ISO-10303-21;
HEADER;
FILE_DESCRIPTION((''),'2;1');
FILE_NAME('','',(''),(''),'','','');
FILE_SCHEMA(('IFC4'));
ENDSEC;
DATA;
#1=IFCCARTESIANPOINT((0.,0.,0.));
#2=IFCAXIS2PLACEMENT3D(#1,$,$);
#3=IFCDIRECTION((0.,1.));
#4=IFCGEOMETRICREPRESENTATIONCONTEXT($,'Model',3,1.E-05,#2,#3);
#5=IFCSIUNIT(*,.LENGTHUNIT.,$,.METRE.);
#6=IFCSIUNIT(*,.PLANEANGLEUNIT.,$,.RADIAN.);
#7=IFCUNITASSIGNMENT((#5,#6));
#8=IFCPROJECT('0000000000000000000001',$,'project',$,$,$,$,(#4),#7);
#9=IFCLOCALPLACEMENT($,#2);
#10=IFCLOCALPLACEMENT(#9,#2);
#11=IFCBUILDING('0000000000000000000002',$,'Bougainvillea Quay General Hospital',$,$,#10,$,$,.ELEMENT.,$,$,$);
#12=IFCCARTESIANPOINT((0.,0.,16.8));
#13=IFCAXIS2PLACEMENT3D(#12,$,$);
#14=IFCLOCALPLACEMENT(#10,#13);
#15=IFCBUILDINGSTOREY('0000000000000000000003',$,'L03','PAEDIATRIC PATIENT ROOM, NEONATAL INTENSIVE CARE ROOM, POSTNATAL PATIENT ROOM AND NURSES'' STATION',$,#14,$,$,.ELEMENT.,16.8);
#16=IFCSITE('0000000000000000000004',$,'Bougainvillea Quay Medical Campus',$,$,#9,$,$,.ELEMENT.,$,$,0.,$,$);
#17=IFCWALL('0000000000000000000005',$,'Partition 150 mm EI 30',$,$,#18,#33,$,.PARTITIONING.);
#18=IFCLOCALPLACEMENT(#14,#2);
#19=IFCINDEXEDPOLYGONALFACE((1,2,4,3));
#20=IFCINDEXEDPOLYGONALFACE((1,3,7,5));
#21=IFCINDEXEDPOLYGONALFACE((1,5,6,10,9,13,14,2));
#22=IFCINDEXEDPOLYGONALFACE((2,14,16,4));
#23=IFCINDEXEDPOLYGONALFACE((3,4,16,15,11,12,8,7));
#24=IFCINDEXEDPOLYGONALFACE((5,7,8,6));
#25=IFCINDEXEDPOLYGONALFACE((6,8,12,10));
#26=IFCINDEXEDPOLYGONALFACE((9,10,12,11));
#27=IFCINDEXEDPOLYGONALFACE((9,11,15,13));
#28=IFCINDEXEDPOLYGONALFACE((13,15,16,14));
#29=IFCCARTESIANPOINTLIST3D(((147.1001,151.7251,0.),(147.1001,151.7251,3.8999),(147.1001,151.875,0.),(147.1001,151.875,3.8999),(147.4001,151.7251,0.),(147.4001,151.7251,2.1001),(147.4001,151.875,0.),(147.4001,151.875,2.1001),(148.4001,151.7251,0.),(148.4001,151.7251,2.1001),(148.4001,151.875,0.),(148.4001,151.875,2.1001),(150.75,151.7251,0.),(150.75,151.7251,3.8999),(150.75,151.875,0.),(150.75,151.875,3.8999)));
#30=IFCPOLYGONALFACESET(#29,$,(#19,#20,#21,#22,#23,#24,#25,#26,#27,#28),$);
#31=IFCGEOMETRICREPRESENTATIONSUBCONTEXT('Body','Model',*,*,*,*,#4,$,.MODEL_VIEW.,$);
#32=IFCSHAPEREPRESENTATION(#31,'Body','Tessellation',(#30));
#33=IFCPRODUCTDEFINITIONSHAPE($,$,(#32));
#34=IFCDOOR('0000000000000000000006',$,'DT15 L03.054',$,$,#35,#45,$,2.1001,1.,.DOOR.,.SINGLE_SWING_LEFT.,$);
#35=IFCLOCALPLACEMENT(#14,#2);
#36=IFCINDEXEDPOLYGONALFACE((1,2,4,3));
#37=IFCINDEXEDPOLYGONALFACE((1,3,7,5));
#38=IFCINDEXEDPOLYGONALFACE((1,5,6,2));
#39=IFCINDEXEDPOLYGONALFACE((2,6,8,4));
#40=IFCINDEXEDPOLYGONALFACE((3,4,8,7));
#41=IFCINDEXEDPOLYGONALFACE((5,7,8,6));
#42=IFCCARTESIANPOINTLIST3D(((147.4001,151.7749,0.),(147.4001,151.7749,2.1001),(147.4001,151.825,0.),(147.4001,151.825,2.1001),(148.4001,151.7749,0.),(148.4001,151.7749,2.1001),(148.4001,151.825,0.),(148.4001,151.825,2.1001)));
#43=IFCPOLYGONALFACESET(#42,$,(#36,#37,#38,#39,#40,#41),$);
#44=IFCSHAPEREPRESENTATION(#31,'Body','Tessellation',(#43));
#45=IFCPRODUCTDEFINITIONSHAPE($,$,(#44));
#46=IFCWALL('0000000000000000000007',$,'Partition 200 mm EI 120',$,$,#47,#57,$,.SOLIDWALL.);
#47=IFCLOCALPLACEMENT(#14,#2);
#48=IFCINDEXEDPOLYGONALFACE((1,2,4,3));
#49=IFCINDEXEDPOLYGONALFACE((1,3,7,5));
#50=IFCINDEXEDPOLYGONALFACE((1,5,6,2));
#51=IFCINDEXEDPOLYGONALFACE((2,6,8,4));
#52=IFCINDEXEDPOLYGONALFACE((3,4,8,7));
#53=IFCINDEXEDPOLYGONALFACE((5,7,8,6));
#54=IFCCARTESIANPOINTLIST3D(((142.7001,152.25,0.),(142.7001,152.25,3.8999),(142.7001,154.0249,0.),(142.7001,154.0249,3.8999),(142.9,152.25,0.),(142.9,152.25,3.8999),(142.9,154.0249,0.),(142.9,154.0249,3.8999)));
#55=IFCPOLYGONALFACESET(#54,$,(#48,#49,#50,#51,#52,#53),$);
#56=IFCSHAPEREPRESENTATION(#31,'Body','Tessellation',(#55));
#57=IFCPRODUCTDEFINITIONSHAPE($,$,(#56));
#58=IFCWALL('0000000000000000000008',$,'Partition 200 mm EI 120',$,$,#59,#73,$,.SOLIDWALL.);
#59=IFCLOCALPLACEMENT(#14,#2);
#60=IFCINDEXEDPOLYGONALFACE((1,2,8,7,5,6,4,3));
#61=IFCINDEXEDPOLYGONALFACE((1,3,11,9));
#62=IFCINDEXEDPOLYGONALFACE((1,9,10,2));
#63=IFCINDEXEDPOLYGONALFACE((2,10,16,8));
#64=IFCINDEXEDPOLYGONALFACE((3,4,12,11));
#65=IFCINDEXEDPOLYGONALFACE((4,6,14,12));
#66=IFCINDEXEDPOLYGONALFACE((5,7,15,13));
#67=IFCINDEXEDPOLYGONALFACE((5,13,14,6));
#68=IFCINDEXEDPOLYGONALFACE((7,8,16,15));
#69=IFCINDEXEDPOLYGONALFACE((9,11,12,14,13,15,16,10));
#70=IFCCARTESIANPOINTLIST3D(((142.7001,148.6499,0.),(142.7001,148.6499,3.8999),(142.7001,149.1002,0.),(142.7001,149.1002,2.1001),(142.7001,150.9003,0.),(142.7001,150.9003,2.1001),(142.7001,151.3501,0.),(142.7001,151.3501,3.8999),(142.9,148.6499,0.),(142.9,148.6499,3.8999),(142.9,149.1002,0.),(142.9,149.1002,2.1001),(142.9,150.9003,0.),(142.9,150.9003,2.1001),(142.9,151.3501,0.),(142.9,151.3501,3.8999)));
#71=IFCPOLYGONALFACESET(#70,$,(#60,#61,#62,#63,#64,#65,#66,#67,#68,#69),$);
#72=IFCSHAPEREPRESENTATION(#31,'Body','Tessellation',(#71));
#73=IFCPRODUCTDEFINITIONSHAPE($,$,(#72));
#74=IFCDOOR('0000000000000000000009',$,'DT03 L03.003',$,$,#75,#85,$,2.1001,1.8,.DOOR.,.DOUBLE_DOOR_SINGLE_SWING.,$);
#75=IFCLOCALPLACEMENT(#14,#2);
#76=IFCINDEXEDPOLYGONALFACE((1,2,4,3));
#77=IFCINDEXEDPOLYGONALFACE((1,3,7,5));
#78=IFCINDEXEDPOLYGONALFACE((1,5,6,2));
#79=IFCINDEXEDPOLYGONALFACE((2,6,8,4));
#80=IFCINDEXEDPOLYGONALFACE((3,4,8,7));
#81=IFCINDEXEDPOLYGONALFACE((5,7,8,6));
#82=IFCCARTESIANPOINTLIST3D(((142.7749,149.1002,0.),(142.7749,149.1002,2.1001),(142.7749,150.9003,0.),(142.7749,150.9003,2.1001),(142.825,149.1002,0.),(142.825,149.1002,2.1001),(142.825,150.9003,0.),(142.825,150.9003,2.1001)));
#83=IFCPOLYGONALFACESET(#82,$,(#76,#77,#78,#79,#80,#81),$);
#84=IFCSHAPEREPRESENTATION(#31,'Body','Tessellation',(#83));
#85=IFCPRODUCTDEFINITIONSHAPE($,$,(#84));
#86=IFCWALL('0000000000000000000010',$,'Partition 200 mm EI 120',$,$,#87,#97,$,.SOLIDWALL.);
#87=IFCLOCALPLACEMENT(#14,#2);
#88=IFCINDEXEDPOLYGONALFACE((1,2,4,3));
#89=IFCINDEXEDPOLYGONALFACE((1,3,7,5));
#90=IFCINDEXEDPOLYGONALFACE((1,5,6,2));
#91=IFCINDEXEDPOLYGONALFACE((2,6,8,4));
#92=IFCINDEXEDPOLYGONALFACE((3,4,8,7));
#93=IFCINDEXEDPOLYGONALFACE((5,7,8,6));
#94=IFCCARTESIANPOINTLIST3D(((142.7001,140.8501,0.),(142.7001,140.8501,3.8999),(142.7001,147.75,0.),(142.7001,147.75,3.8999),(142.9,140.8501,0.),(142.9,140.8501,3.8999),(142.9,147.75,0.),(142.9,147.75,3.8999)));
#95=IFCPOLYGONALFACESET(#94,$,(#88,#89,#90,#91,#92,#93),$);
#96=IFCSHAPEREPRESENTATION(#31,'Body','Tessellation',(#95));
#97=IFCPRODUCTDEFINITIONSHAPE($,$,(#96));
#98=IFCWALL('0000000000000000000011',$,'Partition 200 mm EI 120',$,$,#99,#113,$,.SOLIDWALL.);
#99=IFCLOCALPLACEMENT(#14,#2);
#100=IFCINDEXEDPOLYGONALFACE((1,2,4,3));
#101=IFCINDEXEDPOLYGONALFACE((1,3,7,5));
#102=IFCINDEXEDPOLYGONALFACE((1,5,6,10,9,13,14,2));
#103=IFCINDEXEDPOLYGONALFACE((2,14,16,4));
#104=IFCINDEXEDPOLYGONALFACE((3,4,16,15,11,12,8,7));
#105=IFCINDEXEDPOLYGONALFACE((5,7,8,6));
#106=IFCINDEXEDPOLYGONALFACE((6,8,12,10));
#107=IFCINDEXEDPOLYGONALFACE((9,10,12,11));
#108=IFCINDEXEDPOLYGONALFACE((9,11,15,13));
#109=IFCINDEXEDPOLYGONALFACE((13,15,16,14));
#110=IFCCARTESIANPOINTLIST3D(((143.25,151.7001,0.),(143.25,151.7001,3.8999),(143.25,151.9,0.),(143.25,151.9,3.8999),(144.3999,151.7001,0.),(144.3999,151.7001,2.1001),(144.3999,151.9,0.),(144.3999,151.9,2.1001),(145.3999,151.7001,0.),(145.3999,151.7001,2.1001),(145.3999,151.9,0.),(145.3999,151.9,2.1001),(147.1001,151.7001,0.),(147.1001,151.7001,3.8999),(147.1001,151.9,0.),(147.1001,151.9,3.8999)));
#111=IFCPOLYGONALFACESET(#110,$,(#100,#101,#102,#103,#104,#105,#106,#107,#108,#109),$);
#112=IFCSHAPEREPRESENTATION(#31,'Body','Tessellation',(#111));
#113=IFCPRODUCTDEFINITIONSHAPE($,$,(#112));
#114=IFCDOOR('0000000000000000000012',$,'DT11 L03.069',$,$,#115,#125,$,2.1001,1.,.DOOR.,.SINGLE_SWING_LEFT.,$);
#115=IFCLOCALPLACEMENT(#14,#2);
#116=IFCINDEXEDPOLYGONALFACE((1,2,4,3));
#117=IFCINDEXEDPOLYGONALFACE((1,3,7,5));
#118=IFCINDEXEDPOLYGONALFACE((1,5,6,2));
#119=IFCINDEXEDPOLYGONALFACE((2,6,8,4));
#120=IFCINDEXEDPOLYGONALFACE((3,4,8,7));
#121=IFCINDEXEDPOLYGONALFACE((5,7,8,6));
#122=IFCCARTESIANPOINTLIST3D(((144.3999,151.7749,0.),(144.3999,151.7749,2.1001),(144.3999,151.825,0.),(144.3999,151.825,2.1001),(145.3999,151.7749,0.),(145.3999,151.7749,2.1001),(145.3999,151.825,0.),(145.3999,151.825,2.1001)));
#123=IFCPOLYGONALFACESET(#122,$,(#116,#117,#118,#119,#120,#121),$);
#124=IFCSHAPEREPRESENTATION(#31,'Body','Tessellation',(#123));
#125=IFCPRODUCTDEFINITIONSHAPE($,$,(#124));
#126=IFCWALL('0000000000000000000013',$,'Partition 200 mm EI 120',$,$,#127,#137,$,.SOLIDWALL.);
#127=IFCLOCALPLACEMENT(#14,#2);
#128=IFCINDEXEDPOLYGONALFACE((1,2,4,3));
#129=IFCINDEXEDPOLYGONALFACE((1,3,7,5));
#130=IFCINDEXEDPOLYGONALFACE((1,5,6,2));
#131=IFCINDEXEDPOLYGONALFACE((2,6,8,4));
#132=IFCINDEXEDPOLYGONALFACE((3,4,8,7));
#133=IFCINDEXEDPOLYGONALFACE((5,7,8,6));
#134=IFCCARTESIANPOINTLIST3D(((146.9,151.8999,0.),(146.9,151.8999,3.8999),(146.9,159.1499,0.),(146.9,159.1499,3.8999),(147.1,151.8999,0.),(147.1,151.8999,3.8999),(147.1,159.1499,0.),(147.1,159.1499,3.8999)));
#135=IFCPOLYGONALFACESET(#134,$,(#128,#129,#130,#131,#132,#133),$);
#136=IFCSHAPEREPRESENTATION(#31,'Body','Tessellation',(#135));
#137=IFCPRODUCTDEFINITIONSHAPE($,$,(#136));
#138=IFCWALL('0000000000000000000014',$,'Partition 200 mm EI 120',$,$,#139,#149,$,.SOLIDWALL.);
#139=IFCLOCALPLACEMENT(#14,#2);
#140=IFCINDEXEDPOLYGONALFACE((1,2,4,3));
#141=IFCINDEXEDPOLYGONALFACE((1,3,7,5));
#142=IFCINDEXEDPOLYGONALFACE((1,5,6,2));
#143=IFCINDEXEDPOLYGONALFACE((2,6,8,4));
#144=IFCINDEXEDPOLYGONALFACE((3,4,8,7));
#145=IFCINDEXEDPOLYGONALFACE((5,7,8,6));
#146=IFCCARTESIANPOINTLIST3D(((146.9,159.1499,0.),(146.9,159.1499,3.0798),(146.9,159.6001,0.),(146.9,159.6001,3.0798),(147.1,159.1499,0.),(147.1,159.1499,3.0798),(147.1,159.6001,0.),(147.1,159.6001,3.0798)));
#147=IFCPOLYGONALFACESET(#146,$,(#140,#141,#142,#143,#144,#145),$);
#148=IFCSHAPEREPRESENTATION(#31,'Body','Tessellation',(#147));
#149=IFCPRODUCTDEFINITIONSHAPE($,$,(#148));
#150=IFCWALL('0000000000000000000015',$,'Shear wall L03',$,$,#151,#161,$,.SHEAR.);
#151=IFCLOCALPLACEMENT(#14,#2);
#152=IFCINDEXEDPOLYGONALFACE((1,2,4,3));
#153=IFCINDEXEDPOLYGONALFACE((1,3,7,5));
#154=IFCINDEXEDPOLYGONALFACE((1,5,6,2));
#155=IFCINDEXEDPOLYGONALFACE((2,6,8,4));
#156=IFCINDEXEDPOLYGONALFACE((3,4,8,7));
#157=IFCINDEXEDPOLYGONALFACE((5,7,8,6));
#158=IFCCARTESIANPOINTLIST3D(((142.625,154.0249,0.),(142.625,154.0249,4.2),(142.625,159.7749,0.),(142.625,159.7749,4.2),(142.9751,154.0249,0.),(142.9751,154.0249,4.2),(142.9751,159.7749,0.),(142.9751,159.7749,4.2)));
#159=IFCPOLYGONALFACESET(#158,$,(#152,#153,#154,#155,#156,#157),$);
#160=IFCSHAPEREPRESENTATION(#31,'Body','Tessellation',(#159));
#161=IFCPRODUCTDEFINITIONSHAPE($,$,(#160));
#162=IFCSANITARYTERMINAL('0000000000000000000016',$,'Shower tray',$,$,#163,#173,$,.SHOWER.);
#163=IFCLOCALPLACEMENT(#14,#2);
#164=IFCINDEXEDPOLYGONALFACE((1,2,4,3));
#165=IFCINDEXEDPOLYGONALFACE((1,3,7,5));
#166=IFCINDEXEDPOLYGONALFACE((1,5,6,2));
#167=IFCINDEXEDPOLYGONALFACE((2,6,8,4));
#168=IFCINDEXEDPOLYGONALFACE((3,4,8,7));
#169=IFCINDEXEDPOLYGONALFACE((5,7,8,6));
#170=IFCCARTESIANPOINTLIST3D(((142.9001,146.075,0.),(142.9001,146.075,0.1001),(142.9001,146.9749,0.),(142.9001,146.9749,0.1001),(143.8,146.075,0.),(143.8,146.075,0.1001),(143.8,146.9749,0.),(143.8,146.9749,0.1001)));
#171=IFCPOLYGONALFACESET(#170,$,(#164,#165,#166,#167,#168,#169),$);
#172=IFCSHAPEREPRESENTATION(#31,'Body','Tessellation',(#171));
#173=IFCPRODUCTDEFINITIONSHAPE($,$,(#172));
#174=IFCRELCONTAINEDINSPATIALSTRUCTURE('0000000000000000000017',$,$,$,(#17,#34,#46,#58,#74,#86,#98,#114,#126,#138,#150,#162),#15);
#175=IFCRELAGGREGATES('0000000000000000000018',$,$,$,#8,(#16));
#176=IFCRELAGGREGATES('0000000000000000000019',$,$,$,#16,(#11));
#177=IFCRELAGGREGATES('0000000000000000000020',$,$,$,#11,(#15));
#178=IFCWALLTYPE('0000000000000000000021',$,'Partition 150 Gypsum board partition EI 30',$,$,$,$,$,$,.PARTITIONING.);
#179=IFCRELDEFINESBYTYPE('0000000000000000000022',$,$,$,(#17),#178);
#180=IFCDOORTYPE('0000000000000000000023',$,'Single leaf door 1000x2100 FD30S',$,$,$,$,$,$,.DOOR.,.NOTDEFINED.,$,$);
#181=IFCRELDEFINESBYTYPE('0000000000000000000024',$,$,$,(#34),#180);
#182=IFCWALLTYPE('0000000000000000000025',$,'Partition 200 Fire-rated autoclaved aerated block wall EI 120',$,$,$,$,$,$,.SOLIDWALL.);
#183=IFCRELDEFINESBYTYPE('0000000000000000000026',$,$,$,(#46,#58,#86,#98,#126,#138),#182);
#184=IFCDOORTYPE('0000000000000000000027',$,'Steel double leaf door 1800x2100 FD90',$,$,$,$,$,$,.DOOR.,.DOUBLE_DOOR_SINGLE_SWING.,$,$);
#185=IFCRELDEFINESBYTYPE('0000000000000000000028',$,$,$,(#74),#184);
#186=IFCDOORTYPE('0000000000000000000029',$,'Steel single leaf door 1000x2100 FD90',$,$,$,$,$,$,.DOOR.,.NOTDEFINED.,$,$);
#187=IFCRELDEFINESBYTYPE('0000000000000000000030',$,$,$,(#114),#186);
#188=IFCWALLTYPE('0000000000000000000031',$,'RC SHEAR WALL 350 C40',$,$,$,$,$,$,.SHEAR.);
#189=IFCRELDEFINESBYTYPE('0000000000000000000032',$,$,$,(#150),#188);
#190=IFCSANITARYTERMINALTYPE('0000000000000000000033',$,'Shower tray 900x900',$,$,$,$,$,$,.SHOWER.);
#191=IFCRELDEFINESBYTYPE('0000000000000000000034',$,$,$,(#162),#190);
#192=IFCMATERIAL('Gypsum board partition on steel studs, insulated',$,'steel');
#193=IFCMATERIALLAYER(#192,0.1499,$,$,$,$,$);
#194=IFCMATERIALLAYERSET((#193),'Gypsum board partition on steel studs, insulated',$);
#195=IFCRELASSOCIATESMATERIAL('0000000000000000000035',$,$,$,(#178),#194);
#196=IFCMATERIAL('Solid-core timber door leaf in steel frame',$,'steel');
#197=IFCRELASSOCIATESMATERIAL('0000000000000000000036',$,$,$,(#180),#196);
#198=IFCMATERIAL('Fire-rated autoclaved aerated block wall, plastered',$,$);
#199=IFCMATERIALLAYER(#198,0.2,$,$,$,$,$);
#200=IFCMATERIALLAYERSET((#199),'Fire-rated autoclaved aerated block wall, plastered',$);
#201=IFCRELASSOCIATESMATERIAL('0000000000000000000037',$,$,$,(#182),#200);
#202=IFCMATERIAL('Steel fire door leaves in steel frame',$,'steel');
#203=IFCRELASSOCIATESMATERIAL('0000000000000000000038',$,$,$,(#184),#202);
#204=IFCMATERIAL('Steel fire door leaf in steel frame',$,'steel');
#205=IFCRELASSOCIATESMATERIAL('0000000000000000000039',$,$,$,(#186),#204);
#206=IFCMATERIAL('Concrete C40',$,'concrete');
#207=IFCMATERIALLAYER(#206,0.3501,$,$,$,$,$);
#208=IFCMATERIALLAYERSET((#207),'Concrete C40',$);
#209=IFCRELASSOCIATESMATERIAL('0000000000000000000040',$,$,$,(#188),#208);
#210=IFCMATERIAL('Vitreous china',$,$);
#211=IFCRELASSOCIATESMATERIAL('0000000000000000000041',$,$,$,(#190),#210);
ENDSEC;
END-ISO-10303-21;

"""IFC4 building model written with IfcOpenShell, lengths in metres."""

from ifc_helpers import new_model, si_unit, direction, frame, frame_2d, origin, origin_2d, place, context, subcontext, project, spatial, rectangle, extrude, material, layer, layer_set, type_object, element, fill, save


model = new_model("IFC4")

# Units and contexts
model_context = context("Model", 3, precision=1e-05, world=origin(), true_north=direction((0.0, 1.0)))
body_context = subcontext(model_context, "Body", "Model", "MODEL_VIEW")
ifc_project = project(units=[si_unit("LENGTHUNIT", "METRE"), si_unit("PLANEANGLEUNIT", "RADIAN")], contexts=[model_context])

# Site, building, storey
site_placement = place(None, origin())
site = spatial("IfcSite", under=ifc_project, at=site_placement, Name="Bougainvillea Quay Medical Campus", CompositionType="ELEMENT", RefElevation=0.0)
building_placement = place(site_placement, origin())
building = spatial("IfcBuilding", under=site, at=building_placement, Name="Bougainvillea Quay General Hospital", CompositionType="ELEMENT")
storey_placement = place(building_placement, frame((0.0, 0.0, 16.8)))
storey = spatial("IfcBuildingStorey", under=building, at=storey_placement, Name="L03", Description="PAEDIATRIC PATIENT ROOM, NEONATAL INTENSIVE CARE ROOM, POSTNATAL PATIENT ROOM AND NURSES' STATION", CompositionType="ELEMENT", Elevation=16.8)

# Shared definitions
ifc_material_1 = material(Name="Concrete C40", Category="concrete")

# Shared definitions
ifc_material_2 = material(Name="Gypsum board partition on steel studs, insulated", Category="steel")
ifc_material_3 = material(Name="Solid-core timber door leaf in steel frame", Category="steel")

# Wall, opening, door
ifc_layer_1 = layer(ifc_material_2, 0.1499)
ifc_layer_set_1 = layer_set([ifc_layer_1], Name="Gypsum board partition on steel studs, insulated")
wall_type_1 = type_object("IfcWallType", Name="Partition 150 Gypsum board partition EI 30", PredefinedType="PARTITIONING", material=ifc_layer_set_1)
door_type_1 = type_object("IfcDoorType", Name="Single leaf door 1000x2100 FD30S", OperationType="NOTDEFINED", PredefinedType="DOOR", material=ifc_material_3)
wall_1_placement = place(storey_placement, frame((147.1001, 151.8, 0.0), z_axis=(0.0, 0.0, 1.0), x_axis=(1.0, 0.0, 0.0)))
wall_1 = element("IfcWall", 1, at=wall_1_placement, inside=storey, type_object=wall_type_1, Name="Partition 150 mm EI 30", PredefinedType="PARTITIONING", context=body_context, shape_type="SweptSolid", body=[
    extrude(rectangle(XDim=3.6499, YDim=0.1499, at=frame_2d((1.825, 0.0))), origin(), (0.0, 0.0, 1.0), 3.8999),
])
opening_1_placement = place(wall_1_placement, frame((0.3, 0.0, 0.0)))
opening_1 = element("IfcOpeningElement", 2, at=opening_1_placement, cuts=wall_1, PredefinedType="OPENING", context=body_context, shape_type="SweptSolid", body=[
    extrude(rectangle(XDim=1.0, YDim=2.1001, at=frame_2d((0.5, 1.05))), frame((0.0, 0.085, 0.0), z_axis=(0.0, -1.0, 0.0), x_axis=(1.0, 0.0, 0.0)), (0.0, 0.0, 1.0), 0.1699),
])
door_1_placement = place(opening_1_placement, origin())
door_1 = element("IfcDoor", 3, at=door_1_placement, inside=storey, type_object=door_type_1, Name="DT15 L03.054", OperationType="SINGLE_SWING_LEFT", OverallHeight=2.1001, OverallWidth=1.0, PredefinedType="DOOR", context=body_context, shape_type="SweptSolid", body=[
    extrude(rectangle(XDim=1.0, YDim=2.1001, at=frame_2d((0.5, 1.05))), frame((0.0, 0.0249, 0.0), z_axis=(0.0, -1.0, 0.0), x_axis=(1.0, 0.0, 0.0)), (0.0, 0.0, 1.0), 0.05),
])
fill(opening_1, door_1)

# Wall
ifc_material_4 = material(Name="Fire-rated autoclaved aerated block wall, plastered")
ifc_layer_2 = layer(ifc_material_4, 0.2)
ifc_layer_set_2 = layer_set([ifc_layer_2], Name="Fire-rated autoclaved aerated block wall, plastered")
wall_type_2 = type_object("IfcWallType", Name="Partition 200 Fire-rated autoclaved aerated block wall EI 120", PredefinedType="SOLIDWALL", material=ifc_layer_set_2)
wall_2_placement = place(storey_placement, frame((142.8, 154.0249, 0.0), z_axis=(0.0, 0.0, 1.0), x_axis=(0.0, -1.0, 0.0)))
element("IfcWall", 4, at=wall_2_placement, inside=storey, type_object=wall_type_2, Name="Partition 200 mm EI 120", PredefinedType="SOLIDWALL", context=body_context, shape_type="SweptSolid", body=[
    extrude(rectangle(XDim=1.7749, YDim=0.2, at=frame_2d((0.8875, 0.0))), origin(), (0.0, 0.0, 1.0), 3.8999),
])

# Wall, opening, door
wall_3_placement = place(storey_placement, frame((142.8, 151.3501, 0.0), z_axis=(0.0, 0.0, 1.0), x_axis=(0.0, -1.0, 0.0)))
wall_3 = element("IfcWall", 5, at=wall_3_placement, inside=storey, type_object=wall_type_2, Name="Partition 200 mm EI 120", PredefinedType="SOLIDWALL", context=body_context, shape_type="SweptSolid", body=[
    extrude(rectangle(XDim=2.7002, YDim=0.2, at=frame_2d((1.3501, 0.0))), origin(), (0.0, 0.0, 1.0), 3.8999),
])
opening_2_placement = place(wall_3_placement, frame((0.45, 0.0, 0.0)))
opening_2 = element("IfcOpeningElement", 6, at=opening_2_placement, cuts=wall_3, PredefinedType="OPENING", context=body_context, shape_type="SweptSolid", body=[
    extrude(rectangle(XDim=1.8, YDim=2.1001, at=frame_2d((0.8999, 1.05))), frame((0.0, 0.1099, 0.0), z_axis=(0.0, -1.0, 0.0), x_axis=(1.0, 0.0, 0.0)), (0.0, 0.0, 1.0), 0.22),
])
ifc_material_5 = material(Name="Steel fire door leaves in steel frame", Category="steel")
door_type_2 = type_object("IfcDoorType", Name="Steel double leaf door 1800x2100 FD90", OperationType="DOUBLE_DOOR_SINGLE_SWING", PredefinedType="DOOR", material=ifc_material_5)
door_2_placement = place(opening_2_placement, origin())
door_2 = element("IfcDoor", 7, at=door_2_placement, inside=storey, type_object=door_type_2, Name="DT03 L03.003", OperationType="DOUBLE_DOOR_SINGLE_SWING", OverallHeight=2.1001, OverallWidth=1.8, PredefinedType="DOOR", context=body_context, shape_type="SweptSolid", body=[
    extrude(rectangle(XDim=1.8, YDim=2.1001, at=frame_2d((0.8999, 1.05))), frame((0.0, 0.0249, 0.0), z_axis=(0.0, -1.0, 0.0), x_axis=(1.0, 0.0, 0.0)), (0.0, 0.0, 1.0), 0.05),
])
fill(opening_2, door_2)

# Wall
wall_4_placement = place(storey_placement, frame((142.8, 147.75, 0.0), z_axis=(0.0, 0.0, 1.0), x_axis=(0.0, -1.0, 0.0)))
element("IfcWall", 8, at=wall_4_placement, inside=storey, type_object=wall_type_2, Name="Partition 200 mm EI 120", PredefinedType="SOLIDWALL", context=body_context, shape_type="SweptSolid", body=[
    extrude(rectangle(XDim=6.8999, YDim=0.2, at=frame_2d((3.45, 0.0))), origin(), (0.0, 0.0, 1.0), 3.8999),
])

# Wall, opening, door
wall_5_placement = place(storey_placement, frame((143.25, 151.8, 0.0), z_axis=(0.0, 0.0, 1.0), x_axis=(1.0, 0.0, 0.0)))
wall_5 = element("IfcWall", 9, at=wall_5_placement, inside=storey, type_object=wall_type_2, Name="Partition 200 mm EI 120", PredefinedType="SOLIDWALL", context=body_context, shape_type="SweptSolid", body=[
    extrude(rectangle(XDim=3.8501, YDim=0.2, at=frame_2d((1.925, 0.0))), origin(), (0.0, 0.0, 1.0), 3.8999),
])
opening_3_placement = place(wall_5_placement, frame((1.1499, 0.0, 0.0)))
opening_3 = element("IfcOpeningElement", 10, at=opening_3_placement, cuts=wall_5, PredefinedType="OPENING", context=body_context, shape_type="SweptSolid", body=[
    extrude(rectangle(XDim=1.0, YDim=2.1001, at=frame_2d((0.5, 1.05))), frame((0.0, 0.1099, 0.0), z_axis=(0.0, -1.0, 0.0), x_axis=(1.0, 0.0, 0.0)), (0.0, 0.0, 1.0), 0.22),
])
ifc_material_6 = material(Name="Steel fire door leaf in steel frame", Category="steel")
door_type_3 = type_object("IfcDoorType", Name="Steel single leaf door 1000x2100 FD90", OperationType="NOTDEFINED", PredefinedType="DOOR", material=ifc_material_6)
door_3_placement = place(opening_3_placement, origin())
door_3 = element("IfcDoor", 11, at=door_3_placement, inside=storey, type_object=door_type_3, Name="DT11 L03.069", OperationType="SINGLE_SWING_LEFT", OverallHeight=2.1001, OverallWidth=1.0, PredefinedType="DOOR", context=body_context, shape_type="SweptSolid", body=[
    extrude(rectangle(XDim=1.0, YDim=2.1001, at=frame_2d((0.5, 1.05))), frame((0.0, 0.0249, 0.0), z_axis=(0.0, -1.0, 0.0), x_axis=(1.0, 0.0, 0.0)), (0.0, 0.0, 1.0), 0.05),
])
fill(opening_3, door_3)

# Walls
wall_6_placement = place(storey_placement, frame((147.0, 151.8999, 0.0), z_axis=(0.0, 0.0, 1.0), x_axis=(0.0, 1.0, 0.0)))
element("IfcWall", 12, at=wall_6_placement, inside=storey, type_object=wall_type_2, Name="Partition 200 mm EI 120", PredefinedType="SOLIDWALL", context=body_context, shape_type="SweptSolid", body=[
    extrude(rectangle(XDim=7.25, YDim=0.2, at=frame_2d((3.625, 0.0))), origin(), (0.0, 0.0, 1.0), 3.8999),
])
wall_7_placement = place(storey_placement, frame((147.0, 159.1499, 0.0), z_axis=(0.0, 0.0, 1.0), x_axis=(0.0, 1.0, 0.0)))
element("IfcWall", 13, at=wall_7_placement, inside=storey, type_object=wall_type_2, Name="Partition 200 mm EI 120", PredefinedType="SOLIDWALL", context=body_context, shape_type="SweptSolid", body=[
    extrude(rectangle(XDim=0.4502, YDim=0.2, at=frame_2d((0.2251, 0.0))), origin(), (0.0, 0.0, 1.0), 3.0798),
])
ifc_layer_3 = layer(ifc_material_1, 0.3501)
ifc_layer_set_3 = layer_set([ifc_layer_3], Name="Concrete C40")
wall_type_3 = type_object("IfcWallType", Name="RC SHEAR WALL 350 C40", PredefinedType="SHEAR", material=ifc_layer_set_3)
wall_8_placement = place(storey_placement, frame((142.8, 154.0249, 0.0), z_axis=(0.0, 0.0, 1.0), x_axis=(0.0, 1.0, 0.0)))
element("IfcWall", 14, at=wall_8_placement, inside=storey, type_object=wall_type_3, Name="Shear wall L03", PredefinedType="SHEAR", context=body_context, shape_type="SweptSolid", body=[
    extrude(rectangle(XDim=5.75, YDim=0.3501, at=frame_2d((2.875, 0.0))), origin(), (0.0, 0.0, 1.0), 4.2),
])

# Sanitary terminal
ifc_material_7 = material(Name="Vitreous china")
sanitary_terminal_type_1 = type_object("IfcSanitaryTerminalType", Name="Shower tray 900x900", PredefinedType="SHOWER", material=ifc_material_7)
sanitary_terminal_1_placement = place(storey_placement, frame((143.3501, 146.5249, 0.0), z_axis=(0.0, 0.0, 1.0), x_axis=(0.0, 1.0, 0.0)))
element("IfcSanitaryTerminal", 15, at=sanitary_terminal_1_placement, inside=storey, type_object=sanitary_terminal_type_1, Name="Shower tray", PredefinedType="SHOWER", context=body_context, shape_type="SweptSolid", body=[
    extrude(rectangle(XDim=0.8999, YDim=0.8999, at=origin_2d()), origin(), (0.0, 0.0, 1.0), 0.1001),
])

save(model, "model.ifc")
